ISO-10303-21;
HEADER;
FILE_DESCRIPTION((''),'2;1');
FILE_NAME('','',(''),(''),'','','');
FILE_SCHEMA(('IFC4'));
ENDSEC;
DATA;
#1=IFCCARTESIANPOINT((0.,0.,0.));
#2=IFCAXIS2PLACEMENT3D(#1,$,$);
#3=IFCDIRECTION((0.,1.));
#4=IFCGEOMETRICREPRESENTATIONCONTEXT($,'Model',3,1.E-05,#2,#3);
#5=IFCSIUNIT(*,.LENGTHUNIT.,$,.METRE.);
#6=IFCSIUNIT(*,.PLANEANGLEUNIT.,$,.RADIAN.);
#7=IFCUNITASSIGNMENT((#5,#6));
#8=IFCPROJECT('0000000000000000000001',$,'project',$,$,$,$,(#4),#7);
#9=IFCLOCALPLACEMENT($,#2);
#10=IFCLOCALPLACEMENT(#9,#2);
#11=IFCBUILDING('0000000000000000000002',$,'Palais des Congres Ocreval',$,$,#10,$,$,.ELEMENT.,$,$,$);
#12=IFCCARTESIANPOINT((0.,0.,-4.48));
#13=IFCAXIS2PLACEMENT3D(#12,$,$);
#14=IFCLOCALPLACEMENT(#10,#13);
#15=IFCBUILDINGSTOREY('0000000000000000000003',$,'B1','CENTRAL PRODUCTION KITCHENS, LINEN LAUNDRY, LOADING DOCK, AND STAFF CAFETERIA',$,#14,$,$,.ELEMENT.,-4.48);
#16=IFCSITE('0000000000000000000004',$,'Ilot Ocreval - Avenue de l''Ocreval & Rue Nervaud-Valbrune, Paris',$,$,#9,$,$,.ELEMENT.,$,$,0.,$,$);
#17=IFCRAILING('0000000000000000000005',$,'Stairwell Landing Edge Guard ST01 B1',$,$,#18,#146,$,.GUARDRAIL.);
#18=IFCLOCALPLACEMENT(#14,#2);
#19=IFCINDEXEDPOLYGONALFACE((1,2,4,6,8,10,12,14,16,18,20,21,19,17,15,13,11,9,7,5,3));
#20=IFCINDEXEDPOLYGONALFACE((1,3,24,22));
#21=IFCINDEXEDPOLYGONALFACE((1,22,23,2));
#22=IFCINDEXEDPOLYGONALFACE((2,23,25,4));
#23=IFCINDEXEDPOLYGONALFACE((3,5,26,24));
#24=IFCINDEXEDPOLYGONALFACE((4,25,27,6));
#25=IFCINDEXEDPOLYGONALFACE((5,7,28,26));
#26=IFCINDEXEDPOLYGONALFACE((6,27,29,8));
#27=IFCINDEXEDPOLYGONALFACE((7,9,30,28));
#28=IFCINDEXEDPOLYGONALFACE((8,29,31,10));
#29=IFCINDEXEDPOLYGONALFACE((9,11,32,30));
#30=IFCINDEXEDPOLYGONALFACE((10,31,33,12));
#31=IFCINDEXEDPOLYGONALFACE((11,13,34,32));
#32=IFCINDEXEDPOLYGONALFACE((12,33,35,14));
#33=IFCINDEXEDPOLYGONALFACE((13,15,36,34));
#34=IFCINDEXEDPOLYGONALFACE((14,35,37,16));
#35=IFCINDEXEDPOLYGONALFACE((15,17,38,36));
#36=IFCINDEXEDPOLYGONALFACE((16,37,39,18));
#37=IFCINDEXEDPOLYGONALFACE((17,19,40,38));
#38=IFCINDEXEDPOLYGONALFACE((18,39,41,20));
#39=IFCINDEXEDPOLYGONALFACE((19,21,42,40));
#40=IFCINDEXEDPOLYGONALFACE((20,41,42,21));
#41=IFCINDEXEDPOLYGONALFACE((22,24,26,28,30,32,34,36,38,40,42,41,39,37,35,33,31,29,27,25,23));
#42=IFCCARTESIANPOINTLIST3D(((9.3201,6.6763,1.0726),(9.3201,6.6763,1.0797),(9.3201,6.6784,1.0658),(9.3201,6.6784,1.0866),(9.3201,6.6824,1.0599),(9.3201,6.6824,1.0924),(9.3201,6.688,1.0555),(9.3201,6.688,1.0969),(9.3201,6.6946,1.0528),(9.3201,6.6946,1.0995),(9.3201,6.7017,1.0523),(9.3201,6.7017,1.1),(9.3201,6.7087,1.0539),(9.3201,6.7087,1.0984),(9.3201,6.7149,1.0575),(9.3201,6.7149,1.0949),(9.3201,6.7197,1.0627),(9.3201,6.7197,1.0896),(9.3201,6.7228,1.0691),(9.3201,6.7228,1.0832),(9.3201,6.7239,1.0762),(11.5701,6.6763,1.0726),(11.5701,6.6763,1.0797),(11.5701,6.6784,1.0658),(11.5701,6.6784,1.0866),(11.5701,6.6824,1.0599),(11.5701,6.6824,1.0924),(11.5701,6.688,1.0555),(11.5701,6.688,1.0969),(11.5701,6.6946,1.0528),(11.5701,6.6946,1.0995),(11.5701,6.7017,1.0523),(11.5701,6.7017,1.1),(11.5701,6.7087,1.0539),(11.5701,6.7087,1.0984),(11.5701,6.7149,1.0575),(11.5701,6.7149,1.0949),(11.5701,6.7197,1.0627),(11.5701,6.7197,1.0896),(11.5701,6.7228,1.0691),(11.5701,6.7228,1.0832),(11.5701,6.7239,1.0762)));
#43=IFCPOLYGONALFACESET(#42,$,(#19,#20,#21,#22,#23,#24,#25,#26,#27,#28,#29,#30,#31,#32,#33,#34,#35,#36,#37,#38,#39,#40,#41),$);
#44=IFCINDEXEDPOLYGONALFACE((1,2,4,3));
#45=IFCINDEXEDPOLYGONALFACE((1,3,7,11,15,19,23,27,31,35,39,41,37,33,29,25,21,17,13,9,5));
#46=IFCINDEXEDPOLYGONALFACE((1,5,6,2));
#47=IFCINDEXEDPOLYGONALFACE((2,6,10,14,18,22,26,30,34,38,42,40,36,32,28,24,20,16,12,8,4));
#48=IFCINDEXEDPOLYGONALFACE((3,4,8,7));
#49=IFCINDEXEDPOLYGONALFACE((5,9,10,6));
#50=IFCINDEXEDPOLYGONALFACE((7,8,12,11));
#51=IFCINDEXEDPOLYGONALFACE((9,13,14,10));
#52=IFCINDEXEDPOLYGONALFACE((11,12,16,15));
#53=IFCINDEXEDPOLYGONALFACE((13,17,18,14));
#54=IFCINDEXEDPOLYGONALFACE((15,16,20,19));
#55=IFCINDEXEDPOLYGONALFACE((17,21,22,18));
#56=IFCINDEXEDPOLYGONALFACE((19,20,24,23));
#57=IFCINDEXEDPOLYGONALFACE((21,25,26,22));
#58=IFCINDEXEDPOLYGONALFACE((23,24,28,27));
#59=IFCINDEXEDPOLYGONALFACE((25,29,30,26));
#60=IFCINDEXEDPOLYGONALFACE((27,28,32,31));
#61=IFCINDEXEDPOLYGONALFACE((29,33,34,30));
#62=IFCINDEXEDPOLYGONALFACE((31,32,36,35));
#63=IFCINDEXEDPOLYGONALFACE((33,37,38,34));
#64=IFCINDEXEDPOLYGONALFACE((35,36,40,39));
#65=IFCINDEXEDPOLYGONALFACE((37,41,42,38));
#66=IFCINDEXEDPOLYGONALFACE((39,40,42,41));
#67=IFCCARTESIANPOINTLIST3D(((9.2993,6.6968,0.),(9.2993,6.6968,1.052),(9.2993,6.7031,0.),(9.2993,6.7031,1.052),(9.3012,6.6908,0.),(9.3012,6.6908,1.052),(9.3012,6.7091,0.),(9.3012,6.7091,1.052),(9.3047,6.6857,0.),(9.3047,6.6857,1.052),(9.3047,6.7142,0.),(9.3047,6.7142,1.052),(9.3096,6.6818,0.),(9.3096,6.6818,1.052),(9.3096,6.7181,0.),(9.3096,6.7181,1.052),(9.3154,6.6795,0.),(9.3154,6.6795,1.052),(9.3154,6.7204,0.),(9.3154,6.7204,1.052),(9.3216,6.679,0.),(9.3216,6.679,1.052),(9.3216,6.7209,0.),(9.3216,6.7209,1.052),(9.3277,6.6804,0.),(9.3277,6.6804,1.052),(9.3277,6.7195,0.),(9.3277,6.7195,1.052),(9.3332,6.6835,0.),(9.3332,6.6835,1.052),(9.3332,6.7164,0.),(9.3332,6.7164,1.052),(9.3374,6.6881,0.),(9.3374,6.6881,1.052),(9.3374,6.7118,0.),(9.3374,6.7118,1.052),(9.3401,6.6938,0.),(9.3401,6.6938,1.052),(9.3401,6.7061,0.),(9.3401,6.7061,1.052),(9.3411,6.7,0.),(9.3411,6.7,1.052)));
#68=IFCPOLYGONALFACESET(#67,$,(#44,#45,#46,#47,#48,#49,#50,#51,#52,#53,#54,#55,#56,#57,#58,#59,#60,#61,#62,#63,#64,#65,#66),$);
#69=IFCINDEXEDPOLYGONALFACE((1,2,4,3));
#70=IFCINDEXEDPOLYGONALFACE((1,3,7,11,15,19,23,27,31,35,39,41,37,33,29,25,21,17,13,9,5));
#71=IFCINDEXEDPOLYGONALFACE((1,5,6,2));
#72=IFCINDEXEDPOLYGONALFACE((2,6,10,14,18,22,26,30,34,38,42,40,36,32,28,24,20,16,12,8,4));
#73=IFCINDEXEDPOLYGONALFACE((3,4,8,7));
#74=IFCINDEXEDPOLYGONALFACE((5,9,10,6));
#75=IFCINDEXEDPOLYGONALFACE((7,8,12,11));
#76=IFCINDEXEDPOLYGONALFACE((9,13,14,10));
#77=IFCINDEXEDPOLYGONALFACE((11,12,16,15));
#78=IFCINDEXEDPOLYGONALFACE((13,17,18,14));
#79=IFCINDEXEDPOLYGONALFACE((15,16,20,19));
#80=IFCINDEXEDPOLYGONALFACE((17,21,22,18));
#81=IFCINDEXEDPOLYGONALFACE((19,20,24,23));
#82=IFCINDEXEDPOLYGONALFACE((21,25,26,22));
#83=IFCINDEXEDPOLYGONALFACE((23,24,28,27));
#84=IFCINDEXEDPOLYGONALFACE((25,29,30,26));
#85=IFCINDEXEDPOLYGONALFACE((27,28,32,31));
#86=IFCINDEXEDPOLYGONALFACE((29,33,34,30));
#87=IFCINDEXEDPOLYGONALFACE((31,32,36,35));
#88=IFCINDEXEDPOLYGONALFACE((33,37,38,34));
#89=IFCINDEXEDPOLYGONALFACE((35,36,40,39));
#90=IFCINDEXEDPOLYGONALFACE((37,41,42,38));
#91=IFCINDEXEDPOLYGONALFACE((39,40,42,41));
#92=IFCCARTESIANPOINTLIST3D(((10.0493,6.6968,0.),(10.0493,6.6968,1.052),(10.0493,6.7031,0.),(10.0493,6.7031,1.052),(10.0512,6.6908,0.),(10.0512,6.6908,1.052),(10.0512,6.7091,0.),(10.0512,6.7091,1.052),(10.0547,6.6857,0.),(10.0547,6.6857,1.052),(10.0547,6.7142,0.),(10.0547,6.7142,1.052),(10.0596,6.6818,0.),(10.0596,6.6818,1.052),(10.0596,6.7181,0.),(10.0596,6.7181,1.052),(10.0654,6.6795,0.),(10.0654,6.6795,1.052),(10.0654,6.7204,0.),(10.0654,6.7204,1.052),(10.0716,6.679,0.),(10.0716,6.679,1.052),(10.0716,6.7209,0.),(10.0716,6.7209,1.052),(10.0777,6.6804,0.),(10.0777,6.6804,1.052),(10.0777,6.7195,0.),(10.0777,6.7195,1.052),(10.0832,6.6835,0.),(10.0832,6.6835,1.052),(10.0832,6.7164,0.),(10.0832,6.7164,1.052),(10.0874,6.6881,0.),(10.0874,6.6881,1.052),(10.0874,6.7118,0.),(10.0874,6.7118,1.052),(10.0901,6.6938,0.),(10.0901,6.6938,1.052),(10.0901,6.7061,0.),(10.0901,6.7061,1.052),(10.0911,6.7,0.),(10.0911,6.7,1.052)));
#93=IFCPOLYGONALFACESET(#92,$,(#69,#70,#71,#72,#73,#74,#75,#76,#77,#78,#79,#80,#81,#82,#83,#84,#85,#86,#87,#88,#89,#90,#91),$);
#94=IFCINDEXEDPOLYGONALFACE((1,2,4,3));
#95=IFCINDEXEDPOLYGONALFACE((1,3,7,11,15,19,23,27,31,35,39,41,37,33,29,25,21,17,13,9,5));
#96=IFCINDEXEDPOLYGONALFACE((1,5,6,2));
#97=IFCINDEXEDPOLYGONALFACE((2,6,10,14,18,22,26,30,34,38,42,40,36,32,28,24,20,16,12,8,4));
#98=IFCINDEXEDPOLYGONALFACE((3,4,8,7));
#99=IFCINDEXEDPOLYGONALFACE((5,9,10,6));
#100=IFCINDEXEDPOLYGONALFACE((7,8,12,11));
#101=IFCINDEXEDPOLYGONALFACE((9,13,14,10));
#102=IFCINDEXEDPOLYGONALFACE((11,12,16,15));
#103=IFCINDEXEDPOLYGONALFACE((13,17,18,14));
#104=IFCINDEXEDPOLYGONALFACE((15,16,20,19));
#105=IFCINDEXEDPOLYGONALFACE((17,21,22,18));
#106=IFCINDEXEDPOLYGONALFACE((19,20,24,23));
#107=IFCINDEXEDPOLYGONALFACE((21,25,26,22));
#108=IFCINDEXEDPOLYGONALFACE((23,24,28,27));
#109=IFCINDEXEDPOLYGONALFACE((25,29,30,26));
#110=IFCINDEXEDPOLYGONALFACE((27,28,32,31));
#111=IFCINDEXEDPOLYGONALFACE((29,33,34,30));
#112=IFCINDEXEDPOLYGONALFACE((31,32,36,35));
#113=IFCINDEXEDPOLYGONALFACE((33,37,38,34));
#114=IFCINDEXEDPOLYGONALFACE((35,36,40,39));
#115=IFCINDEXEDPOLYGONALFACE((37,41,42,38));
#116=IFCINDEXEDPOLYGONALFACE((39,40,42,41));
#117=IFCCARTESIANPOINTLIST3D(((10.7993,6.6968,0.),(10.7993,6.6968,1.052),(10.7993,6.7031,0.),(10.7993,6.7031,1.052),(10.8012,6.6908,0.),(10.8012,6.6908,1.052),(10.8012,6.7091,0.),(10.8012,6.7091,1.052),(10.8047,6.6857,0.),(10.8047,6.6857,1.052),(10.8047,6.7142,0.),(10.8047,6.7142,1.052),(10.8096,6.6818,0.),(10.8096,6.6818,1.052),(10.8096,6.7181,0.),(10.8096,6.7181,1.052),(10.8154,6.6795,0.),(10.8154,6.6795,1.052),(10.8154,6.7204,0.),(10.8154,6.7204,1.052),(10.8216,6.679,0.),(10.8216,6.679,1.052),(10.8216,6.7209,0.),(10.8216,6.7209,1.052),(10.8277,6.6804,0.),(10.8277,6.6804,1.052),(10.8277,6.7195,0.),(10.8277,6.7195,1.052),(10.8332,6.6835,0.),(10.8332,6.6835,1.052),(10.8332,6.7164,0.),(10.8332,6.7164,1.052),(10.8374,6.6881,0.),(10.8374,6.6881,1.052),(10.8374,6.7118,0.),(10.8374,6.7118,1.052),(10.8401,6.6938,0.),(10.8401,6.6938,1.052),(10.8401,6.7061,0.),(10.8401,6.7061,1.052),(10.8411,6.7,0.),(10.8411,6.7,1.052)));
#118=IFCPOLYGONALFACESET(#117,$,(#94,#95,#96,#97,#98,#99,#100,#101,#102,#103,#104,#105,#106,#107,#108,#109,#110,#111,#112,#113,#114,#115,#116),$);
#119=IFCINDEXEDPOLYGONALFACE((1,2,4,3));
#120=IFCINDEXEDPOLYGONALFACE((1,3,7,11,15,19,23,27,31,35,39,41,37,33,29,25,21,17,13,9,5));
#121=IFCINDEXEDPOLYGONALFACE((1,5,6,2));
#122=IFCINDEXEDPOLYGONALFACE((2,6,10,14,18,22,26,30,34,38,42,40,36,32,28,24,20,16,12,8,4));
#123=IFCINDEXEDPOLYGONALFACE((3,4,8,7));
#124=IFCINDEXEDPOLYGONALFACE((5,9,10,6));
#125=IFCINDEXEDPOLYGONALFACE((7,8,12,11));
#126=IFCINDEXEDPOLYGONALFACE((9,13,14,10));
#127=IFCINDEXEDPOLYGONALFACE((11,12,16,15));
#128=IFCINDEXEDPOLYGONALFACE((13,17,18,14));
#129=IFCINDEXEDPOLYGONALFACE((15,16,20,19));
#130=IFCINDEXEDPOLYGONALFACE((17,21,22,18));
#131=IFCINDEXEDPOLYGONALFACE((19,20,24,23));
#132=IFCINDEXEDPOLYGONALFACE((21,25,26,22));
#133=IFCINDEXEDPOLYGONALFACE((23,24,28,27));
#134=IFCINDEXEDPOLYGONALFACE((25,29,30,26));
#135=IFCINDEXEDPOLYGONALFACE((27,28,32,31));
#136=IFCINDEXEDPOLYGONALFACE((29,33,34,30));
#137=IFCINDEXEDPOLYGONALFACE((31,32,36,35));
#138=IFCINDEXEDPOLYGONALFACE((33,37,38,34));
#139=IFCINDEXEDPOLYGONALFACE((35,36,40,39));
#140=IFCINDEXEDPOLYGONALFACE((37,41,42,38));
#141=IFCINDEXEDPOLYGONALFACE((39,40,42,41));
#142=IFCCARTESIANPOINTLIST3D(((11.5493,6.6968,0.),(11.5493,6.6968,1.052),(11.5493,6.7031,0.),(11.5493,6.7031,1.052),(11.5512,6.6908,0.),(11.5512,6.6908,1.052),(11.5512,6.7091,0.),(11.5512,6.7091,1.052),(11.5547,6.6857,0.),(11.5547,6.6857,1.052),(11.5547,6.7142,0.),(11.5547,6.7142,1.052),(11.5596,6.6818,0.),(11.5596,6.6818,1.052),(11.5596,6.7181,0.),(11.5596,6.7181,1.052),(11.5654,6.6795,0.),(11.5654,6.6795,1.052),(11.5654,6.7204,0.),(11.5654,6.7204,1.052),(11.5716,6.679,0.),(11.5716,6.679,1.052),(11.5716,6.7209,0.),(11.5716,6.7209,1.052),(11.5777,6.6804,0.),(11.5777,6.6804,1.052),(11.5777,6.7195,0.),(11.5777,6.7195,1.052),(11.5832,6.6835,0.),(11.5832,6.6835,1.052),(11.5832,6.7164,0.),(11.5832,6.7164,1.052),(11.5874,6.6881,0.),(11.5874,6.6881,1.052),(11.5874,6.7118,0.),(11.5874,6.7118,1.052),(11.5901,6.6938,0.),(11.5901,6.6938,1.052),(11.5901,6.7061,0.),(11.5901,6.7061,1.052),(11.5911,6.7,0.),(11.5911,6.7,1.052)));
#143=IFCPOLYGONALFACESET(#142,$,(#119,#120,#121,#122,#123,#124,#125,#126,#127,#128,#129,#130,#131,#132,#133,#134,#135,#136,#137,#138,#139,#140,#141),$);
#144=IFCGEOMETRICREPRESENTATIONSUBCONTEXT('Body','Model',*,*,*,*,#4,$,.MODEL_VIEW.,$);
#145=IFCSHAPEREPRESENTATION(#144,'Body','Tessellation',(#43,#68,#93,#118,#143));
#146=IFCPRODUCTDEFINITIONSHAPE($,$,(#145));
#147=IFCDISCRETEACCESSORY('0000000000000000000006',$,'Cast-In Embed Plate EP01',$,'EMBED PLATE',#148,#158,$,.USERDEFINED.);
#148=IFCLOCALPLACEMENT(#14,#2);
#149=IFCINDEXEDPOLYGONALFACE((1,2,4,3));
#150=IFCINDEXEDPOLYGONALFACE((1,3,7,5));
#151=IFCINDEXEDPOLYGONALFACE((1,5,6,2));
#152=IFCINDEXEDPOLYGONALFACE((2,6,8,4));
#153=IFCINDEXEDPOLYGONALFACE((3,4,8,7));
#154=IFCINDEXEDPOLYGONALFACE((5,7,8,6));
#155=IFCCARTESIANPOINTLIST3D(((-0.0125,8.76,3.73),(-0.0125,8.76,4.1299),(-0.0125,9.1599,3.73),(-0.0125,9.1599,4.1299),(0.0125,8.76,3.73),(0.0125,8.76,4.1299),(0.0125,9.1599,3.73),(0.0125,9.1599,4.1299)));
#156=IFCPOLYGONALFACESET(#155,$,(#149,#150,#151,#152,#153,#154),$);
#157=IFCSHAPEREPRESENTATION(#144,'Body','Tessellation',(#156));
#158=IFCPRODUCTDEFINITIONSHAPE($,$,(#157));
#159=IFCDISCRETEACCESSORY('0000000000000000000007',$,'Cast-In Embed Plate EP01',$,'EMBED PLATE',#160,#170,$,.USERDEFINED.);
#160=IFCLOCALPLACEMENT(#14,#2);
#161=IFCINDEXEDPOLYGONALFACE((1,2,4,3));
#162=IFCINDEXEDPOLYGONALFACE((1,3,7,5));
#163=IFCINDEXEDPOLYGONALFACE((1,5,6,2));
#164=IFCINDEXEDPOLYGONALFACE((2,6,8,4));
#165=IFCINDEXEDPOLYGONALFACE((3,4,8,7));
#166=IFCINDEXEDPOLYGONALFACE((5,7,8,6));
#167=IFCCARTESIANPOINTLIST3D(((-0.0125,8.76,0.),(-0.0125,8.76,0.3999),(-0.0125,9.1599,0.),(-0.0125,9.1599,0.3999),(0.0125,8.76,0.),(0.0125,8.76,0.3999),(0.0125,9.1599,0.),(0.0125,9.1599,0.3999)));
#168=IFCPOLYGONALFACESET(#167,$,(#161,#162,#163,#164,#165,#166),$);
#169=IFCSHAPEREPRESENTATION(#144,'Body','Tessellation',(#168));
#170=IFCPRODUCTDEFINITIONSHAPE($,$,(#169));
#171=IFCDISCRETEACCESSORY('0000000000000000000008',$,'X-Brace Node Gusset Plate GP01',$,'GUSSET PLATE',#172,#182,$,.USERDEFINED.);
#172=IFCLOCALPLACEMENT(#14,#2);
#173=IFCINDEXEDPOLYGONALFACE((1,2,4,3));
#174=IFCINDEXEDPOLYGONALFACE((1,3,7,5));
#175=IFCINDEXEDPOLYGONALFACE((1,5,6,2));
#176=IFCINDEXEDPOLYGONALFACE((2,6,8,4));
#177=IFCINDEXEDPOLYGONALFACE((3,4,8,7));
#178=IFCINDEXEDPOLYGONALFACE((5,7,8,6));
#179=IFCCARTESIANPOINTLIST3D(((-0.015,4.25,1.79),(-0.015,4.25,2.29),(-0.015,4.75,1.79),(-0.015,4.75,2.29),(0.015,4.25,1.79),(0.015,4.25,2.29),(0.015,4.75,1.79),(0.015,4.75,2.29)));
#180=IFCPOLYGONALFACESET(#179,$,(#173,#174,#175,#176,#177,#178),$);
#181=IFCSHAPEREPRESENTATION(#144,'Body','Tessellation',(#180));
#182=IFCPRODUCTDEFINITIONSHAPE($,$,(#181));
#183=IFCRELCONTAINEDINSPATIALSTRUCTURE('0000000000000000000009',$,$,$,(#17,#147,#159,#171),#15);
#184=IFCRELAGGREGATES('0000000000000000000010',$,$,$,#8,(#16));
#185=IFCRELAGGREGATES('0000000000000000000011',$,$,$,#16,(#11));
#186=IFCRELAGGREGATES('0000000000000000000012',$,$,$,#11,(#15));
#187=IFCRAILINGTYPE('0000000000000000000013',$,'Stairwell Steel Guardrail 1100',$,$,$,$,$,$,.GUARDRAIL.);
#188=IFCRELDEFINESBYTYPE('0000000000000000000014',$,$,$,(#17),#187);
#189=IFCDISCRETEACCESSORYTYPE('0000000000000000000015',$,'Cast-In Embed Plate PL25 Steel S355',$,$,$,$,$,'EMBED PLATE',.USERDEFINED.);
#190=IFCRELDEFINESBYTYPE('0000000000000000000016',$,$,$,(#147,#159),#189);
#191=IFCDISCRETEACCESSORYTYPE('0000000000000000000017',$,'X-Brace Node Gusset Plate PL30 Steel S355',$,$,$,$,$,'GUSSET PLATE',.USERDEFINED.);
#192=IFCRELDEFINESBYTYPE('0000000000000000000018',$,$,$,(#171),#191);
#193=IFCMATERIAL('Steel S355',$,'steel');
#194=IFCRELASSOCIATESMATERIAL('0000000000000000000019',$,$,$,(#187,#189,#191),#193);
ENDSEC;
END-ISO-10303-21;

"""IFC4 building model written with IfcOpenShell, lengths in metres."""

from ifc_helpers import new_model, si_unit, direction, frame, origin, origin_2d, place, context, subcontext, project, spatial, rectangle, circle, extrude, material, type_object, element, save


model = new_model("IFC4")

# Units and contexts
model_context = context("Model", 3, precision=1e-05, world=origin(), true_north=direction((0.0, 1.0)))
body_context = subcontext(model_context, "Body", "Model", "MODEL_VIEW")
ifc_project = project(units=[si_unit("LENGTHUNIT", "METRE"), si_unit("PLANEANGLEUNIT", "RADIAN")], contexts=[model_context])

# Site, building, storey
site_placement = place(None, origin())
site = spatial("IfcSite", under=ifc_project, at=site_placement, Name="Ilot Ocreval - Avenue de l'Ocreval & Rue Nervaud-Valbrune, Paris", CompositionType="ELEMENT", RefElevation=0.0)
building_placement = place(site_placement, origin())
building = spatial("IfcBuilding", under=site, at=building_placement, Name="Palais des Congres Ocreval", CompositionType="ELEMENT")
storey_placement = place(building_placement, frame((0.0, 0.0, -4.48)))
storey = spatial("IfcBuildingStorey", under=building, at=storey_placement, Name="B1", Description="CENTRAL PRODUCTION KITCHENS, LINEN LAUNDRY, LOADING DOCK, AND STAFF CAFETERIA", CompositionType="ELEMENT", Elevation=-4.48)

# Shared definitions
ifc_material_1 = material(Name="Steel S355", Category="steel")

# Railing
railing_type_1 = type_object("IfcRailingType", Name="Stairwell Steel Guardrail 1100", PredefinedType="GUARDRAIL", material=ifc_material_1)
railing_1_placement = place(storey_placement, frame((9.3201, 6.7, 0.0)))
element("IfcRailing", 1, at=railing_1_placement, inside=storey, type_object=railing_type_1, Name="Stairwell Landing Edge Guard ST01 B1", PredefinedType="GUARDRAIL", context=body_context, shape_type="SweptSolid", body=[
    extrude(circle(Radius=0.0239, at=origin_2d()), frame((0.0, 0.0, 1.0762), z_axis=(1.0, 0.0, 0.0), x_axis=(0.0, 1.0, 0.0)), (0.0, 0.0, 1.0), 2.25),
    extrude(circle(Radius=0.021, at=origin_2d()), origin(), (0.0, 0.0, 1.0), 1.052),
    extrude(circle(Radius=0.021, at=origin_2d()), frame((0.75, 0.0, 0.0)), (0.0, 0.0, 1.0), 1.052),
    extrude(circle(Radius=0.021, at=origin_2d()), frame((1.5, 0.0, 0.0)), (0.0, 0.0, 1.0), 1.052),
    extrude(circle(Radius=0.021, at=origin_2d()), frame((2.25, 0.0, 0.0)), (0.0, 0.0, 1.0), 1.052),
])

# Discrete accessories
discrete_accessory_type_1 = type_object("IfcDiscreteAccessoryType", Name="Cast-In Embed Plate PL25 Steel S355", ElementType="EMBED PLATE", PredefinedType="USERDEFINED", material=ifc_material_1)
for number, where, z_axis, x_axis, name in (
    (2, (0.0, 8.96, 3.73), (0.0, 0.0, 1.0), (0.0, 1.0, 0.0), "Cast-In Embed Plate EP01"),
    (3, (0.0, 8.96, 0.0), (0.0, 0.0, 1.0), (0.0, 1.0, 0.0), "Cast-In Embed Plate EP01"),
):
    element("IfcDiscreteAccessory", number, at=place(storey_placement, frame(where, z_axis=z_axis, x_axis=x_axis)), inside=storey, type_object=discrete_accessory_type_1, Name=name, ObjectType="EMBED PLATE", PredefinedType="USERDEFINED", context=body_context, shape_type="SweptSolid", body=[
        extrude(rectangle(XDim=0.3999, YDim=0.0249, at=origin_2d()), origin(), (0.0, 0.0, 1.0), 0.3999),
    ])
discrete_accessory_type_2 = type_object("IfcDiscreteAccessoryType", Name="X-Brace Node Gusset Plate PL30 Steel S355", ElementType="GUSSET PLATE", PredefinedType="USERDEFINED", material=ifc_material_1)
discrete_accessory_placement = place(storey_placement, frame((0.0, 4.5, 1.79), z_axis=(0.0, 0.0, 1.0), x_axis=(0.0, 1.0, 0.0)))
element("IfcDiscreteAccessory", 4, at=discrete_accessory_placement, inside=storey, type_object=discrete_accessory_type_2, Name="X-Brace Node Gusset Plate GP01", ObjectType="GUSSET PLATE", PredefinedType="USERDEFINED", context=body_context, shape_type="SweptSolid", body=[
    extrude(rectangle(XDim=0.5, YDim=0.03, at=origin_2d()), origin(), (0.0, 0.0, 1.0), 0.5),
])

save(model, "model.ifc")
